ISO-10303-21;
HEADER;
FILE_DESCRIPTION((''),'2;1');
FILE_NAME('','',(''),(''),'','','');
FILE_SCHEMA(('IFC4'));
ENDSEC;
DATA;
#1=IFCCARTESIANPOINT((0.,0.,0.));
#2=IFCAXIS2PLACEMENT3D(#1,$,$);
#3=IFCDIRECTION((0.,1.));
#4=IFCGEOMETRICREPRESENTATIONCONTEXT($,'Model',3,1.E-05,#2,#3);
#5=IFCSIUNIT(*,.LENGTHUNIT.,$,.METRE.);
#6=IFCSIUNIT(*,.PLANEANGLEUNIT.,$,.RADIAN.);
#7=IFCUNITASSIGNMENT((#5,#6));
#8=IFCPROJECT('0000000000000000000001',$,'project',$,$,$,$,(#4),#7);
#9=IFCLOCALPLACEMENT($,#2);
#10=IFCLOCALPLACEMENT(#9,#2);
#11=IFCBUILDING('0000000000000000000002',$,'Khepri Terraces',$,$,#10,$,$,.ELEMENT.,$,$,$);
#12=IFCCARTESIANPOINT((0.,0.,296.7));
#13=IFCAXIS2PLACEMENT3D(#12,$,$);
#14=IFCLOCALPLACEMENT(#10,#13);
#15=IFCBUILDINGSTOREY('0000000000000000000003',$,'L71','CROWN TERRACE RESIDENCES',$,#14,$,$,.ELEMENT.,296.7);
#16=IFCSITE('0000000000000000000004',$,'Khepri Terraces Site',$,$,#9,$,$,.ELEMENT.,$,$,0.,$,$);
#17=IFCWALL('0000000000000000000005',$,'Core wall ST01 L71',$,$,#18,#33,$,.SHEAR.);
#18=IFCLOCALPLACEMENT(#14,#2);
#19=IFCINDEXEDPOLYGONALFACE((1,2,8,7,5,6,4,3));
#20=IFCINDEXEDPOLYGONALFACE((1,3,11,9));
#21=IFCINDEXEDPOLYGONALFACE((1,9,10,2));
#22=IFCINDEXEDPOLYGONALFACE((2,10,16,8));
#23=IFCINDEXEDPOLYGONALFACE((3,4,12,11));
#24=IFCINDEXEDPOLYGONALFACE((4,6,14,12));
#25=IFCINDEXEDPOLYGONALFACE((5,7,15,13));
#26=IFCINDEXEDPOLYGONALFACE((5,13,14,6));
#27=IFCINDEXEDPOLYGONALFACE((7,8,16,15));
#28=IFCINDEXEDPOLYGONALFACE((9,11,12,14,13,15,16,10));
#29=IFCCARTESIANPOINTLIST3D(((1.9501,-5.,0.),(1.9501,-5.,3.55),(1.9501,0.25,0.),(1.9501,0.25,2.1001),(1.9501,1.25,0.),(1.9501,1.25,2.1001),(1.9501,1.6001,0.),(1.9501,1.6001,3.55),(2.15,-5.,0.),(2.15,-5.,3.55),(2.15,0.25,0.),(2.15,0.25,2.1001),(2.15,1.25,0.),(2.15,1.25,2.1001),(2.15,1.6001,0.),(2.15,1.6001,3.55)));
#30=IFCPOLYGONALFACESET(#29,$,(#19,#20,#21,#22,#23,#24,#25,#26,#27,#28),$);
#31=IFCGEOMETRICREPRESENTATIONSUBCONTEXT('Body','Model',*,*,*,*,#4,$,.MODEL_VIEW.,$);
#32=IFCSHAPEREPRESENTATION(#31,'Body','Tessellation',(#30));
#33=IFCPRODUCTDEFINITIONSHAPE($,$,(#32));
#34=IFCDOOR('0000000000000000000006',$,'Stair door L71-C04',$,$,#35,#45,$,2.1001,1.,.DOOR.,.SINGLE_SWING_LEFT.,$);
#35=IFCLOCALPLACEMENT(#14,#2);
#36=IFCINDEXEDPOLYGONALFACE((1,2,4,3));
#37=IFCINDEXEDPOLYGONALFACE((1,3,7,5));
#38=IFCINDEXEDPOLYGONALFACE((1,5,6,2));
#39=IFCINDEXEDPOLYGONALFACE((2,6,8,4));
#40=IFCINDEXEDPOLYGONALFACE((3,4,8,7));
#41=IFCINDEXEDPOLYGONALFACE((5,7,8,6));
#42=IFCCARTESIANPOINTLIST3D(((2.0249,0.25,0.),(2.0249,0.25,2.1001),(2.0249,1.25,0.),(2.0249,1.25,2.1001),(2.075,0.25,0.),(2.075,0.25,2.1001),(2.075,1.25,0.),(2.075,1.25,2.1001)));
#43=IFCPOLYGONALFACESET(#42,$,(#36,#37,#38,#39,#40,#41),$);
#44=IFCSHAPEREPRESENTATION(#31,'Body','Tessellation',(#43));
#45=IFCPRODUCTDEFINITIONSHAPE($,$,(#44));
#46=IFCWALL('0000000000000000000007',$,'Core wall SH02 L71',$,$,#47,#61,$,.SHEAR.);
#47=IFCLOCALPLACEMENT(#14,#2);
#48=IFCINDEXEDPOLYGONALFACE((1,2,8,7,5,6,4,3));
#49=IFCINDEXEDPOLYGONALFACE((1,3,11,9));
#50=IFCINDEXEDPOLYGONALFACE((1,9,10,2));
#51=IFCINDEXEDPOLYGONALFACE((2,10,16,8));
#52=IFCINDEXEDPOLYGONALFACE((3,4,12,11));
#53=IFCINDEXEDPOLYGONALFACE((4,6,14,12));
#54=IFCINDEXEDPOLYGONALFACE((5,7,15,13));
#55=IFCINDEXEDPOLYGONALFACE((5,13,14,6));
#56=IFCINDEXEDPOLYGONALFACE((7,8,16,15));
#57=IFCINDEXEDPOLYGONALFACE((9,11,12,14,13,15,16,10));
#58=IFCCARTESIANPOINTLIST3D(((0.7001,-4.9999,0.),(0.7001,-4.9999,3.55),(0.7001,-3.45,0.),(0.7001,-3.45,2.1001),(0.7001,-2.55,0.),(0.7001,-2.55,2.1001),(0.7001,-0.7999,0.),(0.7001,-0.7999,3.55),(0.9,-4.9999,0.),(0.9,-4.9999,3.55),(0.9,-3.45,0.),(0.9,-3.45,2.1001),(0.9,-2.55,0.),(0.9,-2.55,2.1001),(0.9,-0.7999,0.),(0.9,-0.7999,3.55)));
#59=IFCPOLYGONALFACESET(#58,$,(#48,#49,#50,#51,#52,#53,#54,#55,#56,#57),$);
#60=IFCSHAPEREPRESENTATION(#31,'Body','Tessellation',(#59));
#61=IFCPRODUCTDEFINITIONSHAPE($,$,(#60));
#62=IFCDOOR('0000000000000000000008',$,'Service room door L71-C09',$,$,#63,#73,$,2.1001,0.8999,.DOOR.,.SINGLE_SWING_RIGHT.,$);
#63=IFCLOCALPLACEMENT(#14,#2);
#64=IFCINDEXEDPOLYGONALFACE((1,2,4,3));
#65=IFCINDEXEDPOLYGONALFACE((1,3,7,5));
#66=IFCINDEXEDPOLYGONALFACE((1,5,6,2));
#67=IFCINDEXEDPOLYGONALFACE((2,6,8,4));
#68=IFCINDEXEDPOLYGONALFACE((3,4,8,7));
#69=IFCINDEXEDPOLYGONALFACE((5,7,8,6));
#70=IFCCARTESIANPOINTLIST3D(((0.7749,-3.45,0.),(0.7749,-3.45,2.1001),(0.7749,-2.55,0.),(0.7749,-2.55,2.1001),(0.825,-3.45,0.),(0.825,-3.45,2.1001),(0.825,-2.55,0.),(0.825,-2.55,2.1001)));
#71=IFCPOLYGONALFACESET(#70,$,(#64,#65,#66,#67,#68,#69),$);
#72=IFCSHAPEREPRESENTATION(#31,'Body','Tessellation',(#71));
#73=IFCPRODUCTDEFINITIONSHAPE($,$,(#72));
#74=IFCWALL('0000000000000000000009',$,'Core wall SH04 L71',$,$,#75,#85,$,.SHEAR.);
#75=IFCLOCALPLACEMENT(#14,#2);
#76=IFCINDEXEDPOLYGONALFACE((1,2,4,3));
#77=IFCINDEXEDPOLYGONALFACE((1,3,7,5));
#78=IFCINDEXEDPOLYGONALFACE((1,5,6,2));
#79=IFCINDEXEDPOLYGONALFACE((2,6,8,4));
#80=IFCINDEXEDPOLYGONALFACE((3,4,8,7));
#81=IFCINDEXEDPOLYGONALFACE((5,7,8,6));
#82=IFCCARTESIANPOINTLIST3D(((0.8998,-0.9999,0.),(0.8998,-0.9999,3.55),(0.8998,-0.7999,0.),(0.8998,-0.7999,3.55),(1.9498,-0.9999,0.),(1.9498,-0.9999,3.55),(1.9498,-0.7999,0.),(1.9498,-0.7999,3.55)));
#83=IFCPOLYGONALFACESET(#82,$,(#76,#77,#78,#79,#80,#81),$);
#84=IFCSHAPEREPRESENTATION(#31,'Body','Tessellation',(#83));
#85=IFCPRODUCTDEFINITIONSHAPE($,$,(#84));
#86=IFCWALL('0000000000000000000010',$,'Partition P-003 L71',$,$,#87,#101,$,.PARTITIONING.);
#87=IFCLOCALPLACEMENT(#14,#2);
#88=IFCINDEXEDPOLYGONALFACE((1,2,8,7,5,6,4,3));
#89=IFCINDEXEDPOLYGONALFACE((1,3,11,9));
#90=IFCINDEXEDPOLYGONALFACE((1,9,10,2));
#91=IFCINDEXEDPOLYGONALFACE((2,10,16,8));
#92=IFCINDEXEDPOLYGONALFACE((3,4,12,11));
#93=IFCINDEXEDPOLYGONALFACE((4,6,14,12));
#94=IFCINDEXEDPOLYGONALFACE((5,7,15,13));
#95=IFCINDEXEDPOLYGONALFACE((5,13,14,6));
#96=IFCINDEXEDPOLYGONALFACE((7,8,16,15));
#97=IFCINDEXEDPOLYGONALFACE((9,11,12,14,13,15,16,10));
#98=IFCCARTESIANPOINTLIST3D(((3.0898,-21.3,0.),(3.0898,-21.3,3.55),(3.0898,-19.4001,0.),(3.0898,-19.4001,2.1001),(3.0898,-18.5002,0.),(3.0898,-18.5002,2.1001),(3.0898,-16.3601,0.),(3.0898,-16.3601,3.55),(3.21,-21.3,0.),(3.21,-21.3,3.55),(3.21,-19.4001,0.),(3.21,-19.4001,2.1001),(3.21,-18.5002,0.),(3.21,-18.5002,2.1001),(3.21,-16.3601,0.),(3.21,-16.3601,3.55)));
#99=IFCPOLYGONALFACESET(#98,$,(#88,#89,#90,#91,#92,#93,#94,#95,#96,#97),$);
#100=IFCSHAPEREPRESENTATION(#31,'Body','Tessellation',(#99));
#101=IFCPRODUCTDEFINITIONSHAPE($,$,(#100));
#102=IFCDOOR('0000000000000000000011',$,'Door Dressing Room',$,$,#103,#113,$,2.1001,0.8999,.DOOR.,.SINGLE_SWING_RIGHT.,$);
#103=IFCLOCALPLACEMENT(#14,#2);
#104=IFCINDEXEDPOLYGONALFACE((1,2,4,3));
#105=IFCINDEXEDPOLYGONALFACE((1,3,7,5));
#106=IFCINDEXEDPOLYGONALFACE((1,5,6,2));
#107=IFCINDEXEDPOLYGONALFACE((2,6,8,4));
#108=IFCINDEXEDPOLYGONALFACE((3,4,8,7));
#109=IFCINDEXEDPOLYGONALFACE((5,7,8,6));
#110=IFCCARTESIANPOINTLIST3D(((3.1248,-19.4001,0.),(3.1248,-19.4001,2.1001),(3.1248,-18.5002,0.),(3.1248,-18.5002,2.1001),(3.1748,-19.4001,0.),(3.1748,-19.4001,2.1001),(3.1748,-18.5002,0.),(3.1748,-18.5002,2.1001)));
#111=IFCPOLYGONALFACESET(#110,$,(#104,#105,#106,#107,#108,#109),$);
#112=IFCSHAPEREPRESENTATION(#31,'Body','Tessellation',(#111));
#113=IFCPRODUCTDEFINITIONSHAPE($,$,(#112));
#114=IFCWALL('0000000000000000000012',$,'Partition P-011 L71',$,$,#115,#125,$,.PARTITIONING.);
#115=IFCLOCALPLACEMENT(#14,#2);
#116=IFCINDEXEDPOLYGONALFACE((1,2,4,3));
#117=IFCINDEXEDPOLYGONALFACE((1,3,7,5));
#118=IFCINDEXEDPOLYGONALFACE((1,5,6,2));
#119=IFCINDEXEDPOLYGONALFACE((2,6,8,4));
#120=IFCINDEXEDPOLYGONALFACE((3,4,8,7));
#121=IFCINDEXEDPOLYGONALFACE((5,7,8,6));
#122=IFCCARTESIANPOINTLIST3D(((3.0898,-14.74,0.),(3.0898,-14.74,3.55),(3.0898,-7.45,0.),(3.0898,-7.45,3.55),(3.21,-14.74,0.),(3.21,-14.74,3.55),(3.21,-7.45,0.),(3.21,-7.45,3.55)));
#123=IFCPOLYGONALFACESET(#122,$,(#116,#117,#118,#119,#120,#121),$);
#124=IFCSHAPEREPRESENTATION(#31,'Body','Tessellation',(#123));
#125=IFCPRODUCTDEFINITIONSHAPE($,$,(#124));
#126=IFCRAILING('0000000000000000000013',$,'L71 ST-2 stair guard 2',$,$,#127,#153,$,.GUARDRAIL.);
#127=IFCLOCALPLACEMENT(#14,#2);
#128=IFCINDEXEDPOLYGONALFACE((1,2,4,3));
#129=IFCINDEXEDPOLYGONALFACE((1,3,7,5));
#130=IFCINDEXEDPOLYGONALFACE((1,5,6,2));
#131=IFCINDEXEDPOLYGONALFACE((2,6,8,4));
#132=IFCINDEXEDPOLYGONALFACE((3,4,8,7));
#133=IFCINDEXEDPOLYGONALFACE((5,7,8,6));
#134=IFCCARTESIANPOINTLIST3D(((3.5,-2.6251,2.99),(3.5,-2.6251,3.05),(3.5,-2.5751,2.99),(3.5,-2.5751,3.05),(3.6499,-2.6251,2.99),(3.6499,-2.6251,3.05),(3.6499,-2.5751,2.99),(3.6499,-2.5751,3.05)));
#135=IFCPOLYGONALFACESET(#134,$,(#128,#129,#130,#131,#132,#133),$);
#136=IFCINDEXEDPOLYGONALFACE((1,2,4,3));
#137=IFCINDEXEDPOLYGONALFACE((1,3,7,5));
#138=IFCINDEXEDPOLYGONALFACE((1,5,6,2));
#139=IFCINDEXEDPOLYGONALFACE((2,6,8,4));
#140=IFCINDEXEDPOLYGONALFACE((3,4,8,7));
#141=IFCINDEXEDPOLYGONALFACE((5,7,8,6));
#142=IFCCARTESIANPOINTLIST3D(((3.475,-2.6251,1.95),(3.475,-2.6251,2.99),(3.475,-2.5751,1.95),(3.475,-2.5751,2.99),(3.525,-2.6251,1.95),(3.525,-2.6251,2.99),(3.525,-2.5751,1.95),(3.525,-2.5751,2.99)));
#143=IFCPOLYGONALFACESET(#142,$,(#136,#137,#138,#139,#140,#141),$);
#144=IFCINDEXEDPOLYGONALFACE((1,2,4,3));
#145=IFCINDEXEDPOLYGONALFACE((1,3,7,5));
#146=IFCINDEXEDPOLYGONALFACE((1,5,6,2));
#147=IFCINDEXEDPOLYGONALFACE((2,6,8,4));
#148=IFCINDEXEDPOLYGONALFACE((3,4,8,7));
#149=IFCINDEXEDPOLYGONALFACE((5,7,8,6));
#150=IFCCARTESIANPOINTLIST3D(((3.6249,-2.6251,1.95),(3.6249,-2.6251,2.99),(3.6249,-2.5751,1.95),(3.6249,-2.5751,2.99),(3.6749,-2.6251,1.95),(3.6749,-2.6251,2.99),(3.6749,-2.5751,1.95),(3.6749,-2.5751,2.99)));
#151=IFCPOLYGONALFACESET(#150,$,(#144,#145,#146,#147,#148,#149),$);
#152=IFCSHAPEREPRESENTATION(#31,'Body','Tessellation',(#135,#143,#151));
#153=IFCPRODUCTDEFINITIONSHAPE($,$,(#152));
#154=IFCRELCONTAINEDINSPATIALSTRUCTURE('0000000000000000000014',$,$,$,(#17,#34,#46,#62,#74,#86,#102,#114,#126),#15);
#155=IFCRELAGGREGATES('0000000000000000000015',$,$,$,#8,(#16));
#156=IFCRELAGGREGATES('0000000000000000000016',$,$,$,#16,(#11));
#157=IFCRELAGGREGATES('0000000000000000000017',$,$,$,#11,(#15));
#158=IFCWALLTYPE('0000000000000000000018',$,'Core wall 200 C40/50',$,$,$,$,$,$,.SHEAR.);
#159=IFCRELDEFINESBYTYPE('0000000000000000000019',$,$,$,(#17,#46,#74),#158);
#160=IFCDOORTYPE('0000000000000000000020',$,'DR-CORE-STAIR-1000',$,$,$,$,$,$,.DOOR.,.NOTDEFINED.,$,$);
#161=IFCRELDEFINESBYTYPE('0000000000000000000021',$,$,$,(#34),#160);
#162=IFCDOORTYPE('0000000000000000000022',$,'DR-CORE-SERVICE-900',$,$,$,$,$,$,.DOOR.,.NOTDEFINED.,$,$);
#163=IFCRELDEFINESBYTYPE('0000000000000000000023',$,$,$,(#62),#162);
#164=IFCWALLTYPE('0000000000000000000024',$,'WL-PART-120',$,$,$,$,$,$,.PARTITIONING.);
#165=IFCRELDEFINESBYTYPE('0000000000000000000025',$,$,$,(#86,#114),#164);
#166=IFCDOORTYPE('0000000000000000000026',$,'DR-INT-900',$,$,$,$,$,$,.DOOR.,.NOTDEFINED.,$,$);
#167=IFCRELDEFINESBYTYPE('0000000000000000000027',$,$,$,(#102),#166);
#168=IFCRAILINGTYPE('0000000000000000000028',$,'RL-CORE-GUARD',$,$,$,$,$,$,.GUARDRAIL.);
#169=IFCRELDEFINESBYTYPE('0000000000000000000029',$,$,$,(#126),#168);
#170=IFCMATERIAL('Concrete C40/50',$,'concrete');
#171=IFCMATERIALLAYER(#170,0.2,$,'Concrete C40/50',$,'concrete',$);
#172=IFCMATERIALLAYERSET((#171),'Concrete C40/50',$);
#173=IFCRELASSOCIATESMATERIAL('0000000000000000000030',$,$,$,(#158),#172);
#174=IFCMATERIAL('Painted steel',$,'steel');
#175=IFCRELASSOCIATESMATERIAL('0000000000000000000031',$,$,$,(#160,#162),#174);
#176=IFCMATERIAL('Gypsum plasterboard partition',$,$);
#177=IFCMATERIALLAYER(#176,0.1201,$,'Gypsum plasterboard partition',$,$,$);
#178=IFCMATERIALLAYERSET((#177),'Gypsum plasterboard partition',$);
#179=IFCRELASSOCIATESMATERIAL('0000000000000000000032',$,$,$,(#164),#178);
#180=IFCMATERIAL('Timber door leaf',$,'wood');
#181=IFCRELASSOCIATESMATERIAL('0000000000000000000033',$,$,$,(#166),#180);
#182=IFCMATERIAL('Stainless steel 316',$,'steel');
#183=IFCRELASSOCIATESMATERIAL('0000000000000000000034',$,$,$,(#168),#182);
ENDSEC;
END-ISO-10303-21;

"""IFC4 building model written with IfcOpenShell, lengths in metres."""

from ifc_helpers import new_model, si_unit, direction, frame, frame_2d, origin, origin_2d, place, context, subcontext, project, spatial, rectangle, extrude, material, layer, layer_set, type_object, element, fill, save


model = new_model("IFC4")

# Units and contexts
model_context = context("Model", 3, precision=1e-05, world=origin(), true_north=direction((0.0, 1.0)))
body_context = subcontext(model_context, "Body", "Model", "MODEL_VIEW")
ifc_project = project(units=[si_unit("LENGTHUNIT", "METRE"), si_unit("PLANEANGLEUNIT", "RADIAN")], contexts=[model_context])

# Site, building, storey
site_placement = place(None, origin())
site = spatial("IfcSite", under=ifc_project, at=site_placement, Name="Khepri Terraces Site", CompositionType="ELEMENT", RefElevation=0.0)
building_placement = place(site_placement, origin())
building = spatial("IfcBuilding", under=site, at=building_placement, Name="Khepri Terraces", CompositionType="ELEMENT")
storey_placement = place(building_placement, frame((0.0, 0.0, 296.7)))
storey = spatial("IfcBuildingStorey", under=building, at=storey_placement, Name="L71", Description="CROWN TERRACE RESIDENCES", CompositionType="ELEMENT", Elevation=296.7)

# Shared definitions
ifc_material_1 = material(Name="Concrete C40/50", Category="concrete")

# Walls, openings, doors
ifc_layer_1 = layer(ifc_material_1, 0.2, Name="Concrete C40/50", Category="concrete")
ifc_layer_set_1 = layer_set([ifc_layer_1], Name="Concrete C40/50")
wall_type_1 = type_object("IfcWallType", Name="Core wall 200 C40/50", PredefinedType="SHEAR", material=ifc_layer_set_1)
wall_1_placement = place(storey_placement, frame((2.05, -5.0, 0.0), z_axis=(0.0, 0.0, 1.0), x_axis=(0.0, 1.0, 0.0)))
wall_1 = element("IfcWall", 1, at=wall_1_placement, inside=storey, type_object=wall_type_1, Name="Core wall ST01 L71", PredefinedType="SHEAR", context=body_context, shape_type="SweptSolid", body=[
    extrude(rectangle(XDim=6.6001, YDim=0.2, at=frame_2d((3.3, 0.0))), origin(), (0.0, 0.0, 1.0), 3.55),
])
opening_1_placement = place(wall_1_placement, frame((5.25, 0.0, 0.0)))
opening_1 = element("IfcOpeningElement", 2, at=opening_1_placement, cuts=wall_1, PredefinedType="OPENING", context=body_context, shape_type="SweptSolid", body=[
    extrude(rectangle(XDim=1.0, YDim=2.1001, at=frame_2d((0.5, 1.05))), frame((0.0, 0.1099, 0.0), z_axis=(0.0, -1.0, 0.0), x_axis=(1.0, 0.0, 0.0)), (0.0, 0.0, 1.0), 0.22),
])
ifc_material_2 = material(Name="Painted steel", Category="steel")
door_type_1 = type_object("IfcDoorType", Name="DR-CORE-STAIR-1000", OperationType="NOTDEFINED", PredefinedType="DOOR", material=ifc_material_2)
door_1_placement = place(opening_1_placement, frame((1.0, 0.0, 0.0), z_axis=(0.0, 0.0, 1.0), x_axis=(-1.0, 0.0, 0.0)))
door_1 = element("IfcDoor", 3, at=door_1_placement, inside=storey, type_object=door_type_1, Name="Stair door L71-C04", OperationType="SINGLE_SWING_LEFT", OverallHeight=2.1001, OverallWidth=1.0, PredefinedType="DOOR", context=body_context, shape_type="SweptSolid", body=[
    extrude(rectangle(XDim=1.0, YDim=2.1001, at=frame_2d((0.5, 1.05))), frame((0.0, 0.0249, 0.0), z_axis=(0.0, -1.0, 0.0), x_axis=(1.0, 0.0, 0.0)), (0.0, 0.0, 1.0), 0.05),
])
fill(opening_1, door_1)
wall_2_placement = place(storey_placement, frame((0.8, -5.0, 0.0), z_axis=(0.0, 0.0, 1.0), x_axis=(0.0, 1.0, 0.0)))
wall_2 = element("IfcWall", 4, at=wall_2_placement, inside=storey, type_object=wall_type_1, Name="Core wall SH02 L71", PredefinedType="SHEAR", context=body_context, shape_type="SweptSolid", body=[
    extrude(rectangle(XDim=4.2, YDim=0.2, at=frame_2d((2.1001, 0.0))), origin(), (0.0, 0.0, 1.0), 3.55),
])
opening_2_placement = place(wall_2_placement, frame((1.55, 0.0, 0.0)))
opening_2 = element("IfcOpeningElement", 5, at=opening_2_placement, cuts=wall_2, PredefinedType="OPENING", context=body_context, shape_type="SweptSolid", body=[
    extrude(rectangle(XDim=0.8999, YDim=2.1001, at=frame_2d((0.45, 1.05))), frame((0.0, 0.1099, 0.0), z_axis=(0.0, -1.0, 0.0), x_axis=(1.0, 0.0, 0.0)), (0.0, 0.0, 1.0), 0.22),
])
door_type_2 = type_object("IfcDoorType", Name="DR-CORE-SERVICE-900", OperationType="NOTDEFINED", PredefinedType="DOOR", material=ifc_material_2)
door_2_placement = place(opening_2_placement, frame((0.8999, 0.0, 0.0), z_axis=(0.0, 0.0, 1.0), x_axis=(-1.0, 0.0, 0.0)))
door_2 = element("IfcDoor", 6, at=door_2_placement, inside=storey, type_object=door_type_2, Name="Service room door L71-C09", OperationType="SINGLE_SWING_RIGHT", OverallHeight=2.1001, OverallWidth=0.8999, PredefinedType="DOOR", context=body_context, shape_type="SweptSolid", body=[
    extrude(rectangle(XDim=0.8999, YDim=2.1001, at=frame_2d((0.45, 1.05))), frame((0.0, 0.0249, 0.0), z_axis=(0.0, -1.0, 0.0), x_axis=(1.0, 0.0, 0.0)), (0.0, 0.0, 1.0), 0.05),
])
fill(opening_2, door_2)

# Wall
wall_3_placement = place(storey_placement, frame((0.8999, -0.8999, 0.0), z_axis=(0.0, 0.0, 1.0), x_axis=(1.0, 0.0, 0.0)))
element("IfcWall", 7, at=wall_3_placement, inside=storey, type_object=wall_type_1, Name="Core wall SH04 L71", PredefinedType="SHEAR", context=body_context, shape_type="SweptSolid", body=[
    extrude(rectangle(XDim=1.05, YDim=0.2, at=frame_2d((0.5249, 0.0))), origin(), (0.0, 0.0, 1.0), 3.55),
])

# Wall, opening, door
ifc_material_3 = material(Name="Gypsum plasterboard partition")
ifc_layer_2 = layer(ifc_material_3, 0.1201, Name="Gypsum plasterboard partition")
ifc_layer_set_2 = layer_set([ifc_layer_2], Name="Gypsum plasterboard partition")
wall_type_2 = type_object("IfcWallType", Name="WL-PART-120", PredefinedType="PARTITIONING", material=ifc_layer_set_2)
wall_4_placement = place(storey_placement, frame((3.1499, -21.3, 0.0), z_axis=(0.0, 0.0, 1.0), x_axis=(0.0, 1.0, 0.0)))
wall_4 = element("IfcWall", 8, at=wall_4_placement, inside=storey, type_object=wall_type_2, Name="Partition P-003 L71", PredefinedType="PARTITIONING", context=body_context, shape_type="SweptSolid", body=[
    extrude(rectangle(XDim=4.9399, YDim=0.1201, at=frame_2d((2.47, 0.0))), origin(), (0.0, 0.0, 1.0), 3.55),
])
opening_3_placement = place(wall_4_placement, frame((1.8999, 0.0, 0.0)))
opening_3 = element("IfcOpeningElement", 9, at=opening_3_placement, cuts=wall_4, PredefinedType="OPENING", context=body_context, shape_type="SweptSolid", body=[
    extrude(rectangle(XDim=0.8999, YDim=2.1001, at=frame_2d((0.45, 1.05))), frame((0.0, 0.0701, 0.0), z_axis=(0.0, -1.0, 0.0), x_axis=(1.0, 0.0, 0.0)), (0.0, 0.0, 1.0), 0.1401),
])
ifc_material_4 = material(Name="Timber door leaf", Category="wood")
door_type_3 = type_object("IfcDoorType", Name="DR-INT-900", OperationType="NOTDEFINED", PredefinedType="DOOR", material=ifc_material_4)
door_3_placement = place(opening_3_placement, frame((0.8999, 0.0, 0.0), z_axis=(0.0, 0.0, 1.0), x_axis=(-1.0, 0.0, 0.0)))
door_3 = element("IfcDoor", 10, at=door_3_placement, inside=storey, type_object=door_type_3, Name="Door Dressing Room", OperationType="SINGLE_SWING_RIGHT", OverallHeight=2.1001, OverallWidth=0.8999, PredefinedType="DOOR", context=body_context, shape_type="SweptSolid", body=[
    extrude(rectangle(XDim=0.8999, YDim=2.1001, at=frame_2d((0.45, 1.05))), frame((0.0, 0.0249, 0.0), z_axis=(0.0, -1.0, 0.0), x_axis=(1.0, 0.0, 0.0)), (0.0, 0.0, 1.0), 0.05),
])
fill(opening_3, door_3)

# Wall
wall_5_placement = place(storey_placement, frame((3.1499, -14.74, 0.0), z_axis=(0.0, 0.0, 1.0), x_axis=(0.0, 1.0, 0.0)))
element("IfcWall", 11, at=wall_5_placement, inside=storey, type_object=wall_type_2, Name="Partition P-011 L71", PredefinedType="PARTITIONING", context=body_context, shape_type="SweptSolid", body=[
    extrude(rectangle(XDim=7.29, YDim=0.1201, at=frame_2d((3.645, 0.0))), origin(), (0.0, 0.0, 1.0), 3.55),
])

# Railing
ifc_material_5 = material(Name="Stainless steel 316", Category="steel")
railing_type = type_object("IfcRailingType", Name="RL-CORE-GUARD", PredefinedType="GUARDRAIL", material=ifc_material_5)
railing_1_placement = place(storey_placement, frame((3.5, -2.6001, 1.95)))
element("IfcRailing", 12, at=railing_1_placement, inside=storey, type_object=railing_type, Name="L71 ST-2 stair guard 2", PredefinedType="GUARDRAIL", context=body_context, shape_type="SweptSolid", body=[
    extrude(rectangle(XDim=0.05, YDim=0.0601, at=origin_2d()), frame((0.0, 0.0, 1.0701), z_axis=(1.0, 0.0, 0.0), x_axis=(0.0, 1.0, 0.0)), (0.0, 0.0, 1.0), 0.1499),
    extrude(rectangle(XDim=0.05, YDim=0.05, at=origin_2d()), origin(), (0.0, 0.0, 1.0), 1.04),
    extrude(rectangle(XDim=0.05, YDim=0.05, at=origin_2d()), frame((0.1499, 0.0, 0.0)), (0.0, 0.0, 1.0), 1.04),
])

save(model, "model.ifc")
